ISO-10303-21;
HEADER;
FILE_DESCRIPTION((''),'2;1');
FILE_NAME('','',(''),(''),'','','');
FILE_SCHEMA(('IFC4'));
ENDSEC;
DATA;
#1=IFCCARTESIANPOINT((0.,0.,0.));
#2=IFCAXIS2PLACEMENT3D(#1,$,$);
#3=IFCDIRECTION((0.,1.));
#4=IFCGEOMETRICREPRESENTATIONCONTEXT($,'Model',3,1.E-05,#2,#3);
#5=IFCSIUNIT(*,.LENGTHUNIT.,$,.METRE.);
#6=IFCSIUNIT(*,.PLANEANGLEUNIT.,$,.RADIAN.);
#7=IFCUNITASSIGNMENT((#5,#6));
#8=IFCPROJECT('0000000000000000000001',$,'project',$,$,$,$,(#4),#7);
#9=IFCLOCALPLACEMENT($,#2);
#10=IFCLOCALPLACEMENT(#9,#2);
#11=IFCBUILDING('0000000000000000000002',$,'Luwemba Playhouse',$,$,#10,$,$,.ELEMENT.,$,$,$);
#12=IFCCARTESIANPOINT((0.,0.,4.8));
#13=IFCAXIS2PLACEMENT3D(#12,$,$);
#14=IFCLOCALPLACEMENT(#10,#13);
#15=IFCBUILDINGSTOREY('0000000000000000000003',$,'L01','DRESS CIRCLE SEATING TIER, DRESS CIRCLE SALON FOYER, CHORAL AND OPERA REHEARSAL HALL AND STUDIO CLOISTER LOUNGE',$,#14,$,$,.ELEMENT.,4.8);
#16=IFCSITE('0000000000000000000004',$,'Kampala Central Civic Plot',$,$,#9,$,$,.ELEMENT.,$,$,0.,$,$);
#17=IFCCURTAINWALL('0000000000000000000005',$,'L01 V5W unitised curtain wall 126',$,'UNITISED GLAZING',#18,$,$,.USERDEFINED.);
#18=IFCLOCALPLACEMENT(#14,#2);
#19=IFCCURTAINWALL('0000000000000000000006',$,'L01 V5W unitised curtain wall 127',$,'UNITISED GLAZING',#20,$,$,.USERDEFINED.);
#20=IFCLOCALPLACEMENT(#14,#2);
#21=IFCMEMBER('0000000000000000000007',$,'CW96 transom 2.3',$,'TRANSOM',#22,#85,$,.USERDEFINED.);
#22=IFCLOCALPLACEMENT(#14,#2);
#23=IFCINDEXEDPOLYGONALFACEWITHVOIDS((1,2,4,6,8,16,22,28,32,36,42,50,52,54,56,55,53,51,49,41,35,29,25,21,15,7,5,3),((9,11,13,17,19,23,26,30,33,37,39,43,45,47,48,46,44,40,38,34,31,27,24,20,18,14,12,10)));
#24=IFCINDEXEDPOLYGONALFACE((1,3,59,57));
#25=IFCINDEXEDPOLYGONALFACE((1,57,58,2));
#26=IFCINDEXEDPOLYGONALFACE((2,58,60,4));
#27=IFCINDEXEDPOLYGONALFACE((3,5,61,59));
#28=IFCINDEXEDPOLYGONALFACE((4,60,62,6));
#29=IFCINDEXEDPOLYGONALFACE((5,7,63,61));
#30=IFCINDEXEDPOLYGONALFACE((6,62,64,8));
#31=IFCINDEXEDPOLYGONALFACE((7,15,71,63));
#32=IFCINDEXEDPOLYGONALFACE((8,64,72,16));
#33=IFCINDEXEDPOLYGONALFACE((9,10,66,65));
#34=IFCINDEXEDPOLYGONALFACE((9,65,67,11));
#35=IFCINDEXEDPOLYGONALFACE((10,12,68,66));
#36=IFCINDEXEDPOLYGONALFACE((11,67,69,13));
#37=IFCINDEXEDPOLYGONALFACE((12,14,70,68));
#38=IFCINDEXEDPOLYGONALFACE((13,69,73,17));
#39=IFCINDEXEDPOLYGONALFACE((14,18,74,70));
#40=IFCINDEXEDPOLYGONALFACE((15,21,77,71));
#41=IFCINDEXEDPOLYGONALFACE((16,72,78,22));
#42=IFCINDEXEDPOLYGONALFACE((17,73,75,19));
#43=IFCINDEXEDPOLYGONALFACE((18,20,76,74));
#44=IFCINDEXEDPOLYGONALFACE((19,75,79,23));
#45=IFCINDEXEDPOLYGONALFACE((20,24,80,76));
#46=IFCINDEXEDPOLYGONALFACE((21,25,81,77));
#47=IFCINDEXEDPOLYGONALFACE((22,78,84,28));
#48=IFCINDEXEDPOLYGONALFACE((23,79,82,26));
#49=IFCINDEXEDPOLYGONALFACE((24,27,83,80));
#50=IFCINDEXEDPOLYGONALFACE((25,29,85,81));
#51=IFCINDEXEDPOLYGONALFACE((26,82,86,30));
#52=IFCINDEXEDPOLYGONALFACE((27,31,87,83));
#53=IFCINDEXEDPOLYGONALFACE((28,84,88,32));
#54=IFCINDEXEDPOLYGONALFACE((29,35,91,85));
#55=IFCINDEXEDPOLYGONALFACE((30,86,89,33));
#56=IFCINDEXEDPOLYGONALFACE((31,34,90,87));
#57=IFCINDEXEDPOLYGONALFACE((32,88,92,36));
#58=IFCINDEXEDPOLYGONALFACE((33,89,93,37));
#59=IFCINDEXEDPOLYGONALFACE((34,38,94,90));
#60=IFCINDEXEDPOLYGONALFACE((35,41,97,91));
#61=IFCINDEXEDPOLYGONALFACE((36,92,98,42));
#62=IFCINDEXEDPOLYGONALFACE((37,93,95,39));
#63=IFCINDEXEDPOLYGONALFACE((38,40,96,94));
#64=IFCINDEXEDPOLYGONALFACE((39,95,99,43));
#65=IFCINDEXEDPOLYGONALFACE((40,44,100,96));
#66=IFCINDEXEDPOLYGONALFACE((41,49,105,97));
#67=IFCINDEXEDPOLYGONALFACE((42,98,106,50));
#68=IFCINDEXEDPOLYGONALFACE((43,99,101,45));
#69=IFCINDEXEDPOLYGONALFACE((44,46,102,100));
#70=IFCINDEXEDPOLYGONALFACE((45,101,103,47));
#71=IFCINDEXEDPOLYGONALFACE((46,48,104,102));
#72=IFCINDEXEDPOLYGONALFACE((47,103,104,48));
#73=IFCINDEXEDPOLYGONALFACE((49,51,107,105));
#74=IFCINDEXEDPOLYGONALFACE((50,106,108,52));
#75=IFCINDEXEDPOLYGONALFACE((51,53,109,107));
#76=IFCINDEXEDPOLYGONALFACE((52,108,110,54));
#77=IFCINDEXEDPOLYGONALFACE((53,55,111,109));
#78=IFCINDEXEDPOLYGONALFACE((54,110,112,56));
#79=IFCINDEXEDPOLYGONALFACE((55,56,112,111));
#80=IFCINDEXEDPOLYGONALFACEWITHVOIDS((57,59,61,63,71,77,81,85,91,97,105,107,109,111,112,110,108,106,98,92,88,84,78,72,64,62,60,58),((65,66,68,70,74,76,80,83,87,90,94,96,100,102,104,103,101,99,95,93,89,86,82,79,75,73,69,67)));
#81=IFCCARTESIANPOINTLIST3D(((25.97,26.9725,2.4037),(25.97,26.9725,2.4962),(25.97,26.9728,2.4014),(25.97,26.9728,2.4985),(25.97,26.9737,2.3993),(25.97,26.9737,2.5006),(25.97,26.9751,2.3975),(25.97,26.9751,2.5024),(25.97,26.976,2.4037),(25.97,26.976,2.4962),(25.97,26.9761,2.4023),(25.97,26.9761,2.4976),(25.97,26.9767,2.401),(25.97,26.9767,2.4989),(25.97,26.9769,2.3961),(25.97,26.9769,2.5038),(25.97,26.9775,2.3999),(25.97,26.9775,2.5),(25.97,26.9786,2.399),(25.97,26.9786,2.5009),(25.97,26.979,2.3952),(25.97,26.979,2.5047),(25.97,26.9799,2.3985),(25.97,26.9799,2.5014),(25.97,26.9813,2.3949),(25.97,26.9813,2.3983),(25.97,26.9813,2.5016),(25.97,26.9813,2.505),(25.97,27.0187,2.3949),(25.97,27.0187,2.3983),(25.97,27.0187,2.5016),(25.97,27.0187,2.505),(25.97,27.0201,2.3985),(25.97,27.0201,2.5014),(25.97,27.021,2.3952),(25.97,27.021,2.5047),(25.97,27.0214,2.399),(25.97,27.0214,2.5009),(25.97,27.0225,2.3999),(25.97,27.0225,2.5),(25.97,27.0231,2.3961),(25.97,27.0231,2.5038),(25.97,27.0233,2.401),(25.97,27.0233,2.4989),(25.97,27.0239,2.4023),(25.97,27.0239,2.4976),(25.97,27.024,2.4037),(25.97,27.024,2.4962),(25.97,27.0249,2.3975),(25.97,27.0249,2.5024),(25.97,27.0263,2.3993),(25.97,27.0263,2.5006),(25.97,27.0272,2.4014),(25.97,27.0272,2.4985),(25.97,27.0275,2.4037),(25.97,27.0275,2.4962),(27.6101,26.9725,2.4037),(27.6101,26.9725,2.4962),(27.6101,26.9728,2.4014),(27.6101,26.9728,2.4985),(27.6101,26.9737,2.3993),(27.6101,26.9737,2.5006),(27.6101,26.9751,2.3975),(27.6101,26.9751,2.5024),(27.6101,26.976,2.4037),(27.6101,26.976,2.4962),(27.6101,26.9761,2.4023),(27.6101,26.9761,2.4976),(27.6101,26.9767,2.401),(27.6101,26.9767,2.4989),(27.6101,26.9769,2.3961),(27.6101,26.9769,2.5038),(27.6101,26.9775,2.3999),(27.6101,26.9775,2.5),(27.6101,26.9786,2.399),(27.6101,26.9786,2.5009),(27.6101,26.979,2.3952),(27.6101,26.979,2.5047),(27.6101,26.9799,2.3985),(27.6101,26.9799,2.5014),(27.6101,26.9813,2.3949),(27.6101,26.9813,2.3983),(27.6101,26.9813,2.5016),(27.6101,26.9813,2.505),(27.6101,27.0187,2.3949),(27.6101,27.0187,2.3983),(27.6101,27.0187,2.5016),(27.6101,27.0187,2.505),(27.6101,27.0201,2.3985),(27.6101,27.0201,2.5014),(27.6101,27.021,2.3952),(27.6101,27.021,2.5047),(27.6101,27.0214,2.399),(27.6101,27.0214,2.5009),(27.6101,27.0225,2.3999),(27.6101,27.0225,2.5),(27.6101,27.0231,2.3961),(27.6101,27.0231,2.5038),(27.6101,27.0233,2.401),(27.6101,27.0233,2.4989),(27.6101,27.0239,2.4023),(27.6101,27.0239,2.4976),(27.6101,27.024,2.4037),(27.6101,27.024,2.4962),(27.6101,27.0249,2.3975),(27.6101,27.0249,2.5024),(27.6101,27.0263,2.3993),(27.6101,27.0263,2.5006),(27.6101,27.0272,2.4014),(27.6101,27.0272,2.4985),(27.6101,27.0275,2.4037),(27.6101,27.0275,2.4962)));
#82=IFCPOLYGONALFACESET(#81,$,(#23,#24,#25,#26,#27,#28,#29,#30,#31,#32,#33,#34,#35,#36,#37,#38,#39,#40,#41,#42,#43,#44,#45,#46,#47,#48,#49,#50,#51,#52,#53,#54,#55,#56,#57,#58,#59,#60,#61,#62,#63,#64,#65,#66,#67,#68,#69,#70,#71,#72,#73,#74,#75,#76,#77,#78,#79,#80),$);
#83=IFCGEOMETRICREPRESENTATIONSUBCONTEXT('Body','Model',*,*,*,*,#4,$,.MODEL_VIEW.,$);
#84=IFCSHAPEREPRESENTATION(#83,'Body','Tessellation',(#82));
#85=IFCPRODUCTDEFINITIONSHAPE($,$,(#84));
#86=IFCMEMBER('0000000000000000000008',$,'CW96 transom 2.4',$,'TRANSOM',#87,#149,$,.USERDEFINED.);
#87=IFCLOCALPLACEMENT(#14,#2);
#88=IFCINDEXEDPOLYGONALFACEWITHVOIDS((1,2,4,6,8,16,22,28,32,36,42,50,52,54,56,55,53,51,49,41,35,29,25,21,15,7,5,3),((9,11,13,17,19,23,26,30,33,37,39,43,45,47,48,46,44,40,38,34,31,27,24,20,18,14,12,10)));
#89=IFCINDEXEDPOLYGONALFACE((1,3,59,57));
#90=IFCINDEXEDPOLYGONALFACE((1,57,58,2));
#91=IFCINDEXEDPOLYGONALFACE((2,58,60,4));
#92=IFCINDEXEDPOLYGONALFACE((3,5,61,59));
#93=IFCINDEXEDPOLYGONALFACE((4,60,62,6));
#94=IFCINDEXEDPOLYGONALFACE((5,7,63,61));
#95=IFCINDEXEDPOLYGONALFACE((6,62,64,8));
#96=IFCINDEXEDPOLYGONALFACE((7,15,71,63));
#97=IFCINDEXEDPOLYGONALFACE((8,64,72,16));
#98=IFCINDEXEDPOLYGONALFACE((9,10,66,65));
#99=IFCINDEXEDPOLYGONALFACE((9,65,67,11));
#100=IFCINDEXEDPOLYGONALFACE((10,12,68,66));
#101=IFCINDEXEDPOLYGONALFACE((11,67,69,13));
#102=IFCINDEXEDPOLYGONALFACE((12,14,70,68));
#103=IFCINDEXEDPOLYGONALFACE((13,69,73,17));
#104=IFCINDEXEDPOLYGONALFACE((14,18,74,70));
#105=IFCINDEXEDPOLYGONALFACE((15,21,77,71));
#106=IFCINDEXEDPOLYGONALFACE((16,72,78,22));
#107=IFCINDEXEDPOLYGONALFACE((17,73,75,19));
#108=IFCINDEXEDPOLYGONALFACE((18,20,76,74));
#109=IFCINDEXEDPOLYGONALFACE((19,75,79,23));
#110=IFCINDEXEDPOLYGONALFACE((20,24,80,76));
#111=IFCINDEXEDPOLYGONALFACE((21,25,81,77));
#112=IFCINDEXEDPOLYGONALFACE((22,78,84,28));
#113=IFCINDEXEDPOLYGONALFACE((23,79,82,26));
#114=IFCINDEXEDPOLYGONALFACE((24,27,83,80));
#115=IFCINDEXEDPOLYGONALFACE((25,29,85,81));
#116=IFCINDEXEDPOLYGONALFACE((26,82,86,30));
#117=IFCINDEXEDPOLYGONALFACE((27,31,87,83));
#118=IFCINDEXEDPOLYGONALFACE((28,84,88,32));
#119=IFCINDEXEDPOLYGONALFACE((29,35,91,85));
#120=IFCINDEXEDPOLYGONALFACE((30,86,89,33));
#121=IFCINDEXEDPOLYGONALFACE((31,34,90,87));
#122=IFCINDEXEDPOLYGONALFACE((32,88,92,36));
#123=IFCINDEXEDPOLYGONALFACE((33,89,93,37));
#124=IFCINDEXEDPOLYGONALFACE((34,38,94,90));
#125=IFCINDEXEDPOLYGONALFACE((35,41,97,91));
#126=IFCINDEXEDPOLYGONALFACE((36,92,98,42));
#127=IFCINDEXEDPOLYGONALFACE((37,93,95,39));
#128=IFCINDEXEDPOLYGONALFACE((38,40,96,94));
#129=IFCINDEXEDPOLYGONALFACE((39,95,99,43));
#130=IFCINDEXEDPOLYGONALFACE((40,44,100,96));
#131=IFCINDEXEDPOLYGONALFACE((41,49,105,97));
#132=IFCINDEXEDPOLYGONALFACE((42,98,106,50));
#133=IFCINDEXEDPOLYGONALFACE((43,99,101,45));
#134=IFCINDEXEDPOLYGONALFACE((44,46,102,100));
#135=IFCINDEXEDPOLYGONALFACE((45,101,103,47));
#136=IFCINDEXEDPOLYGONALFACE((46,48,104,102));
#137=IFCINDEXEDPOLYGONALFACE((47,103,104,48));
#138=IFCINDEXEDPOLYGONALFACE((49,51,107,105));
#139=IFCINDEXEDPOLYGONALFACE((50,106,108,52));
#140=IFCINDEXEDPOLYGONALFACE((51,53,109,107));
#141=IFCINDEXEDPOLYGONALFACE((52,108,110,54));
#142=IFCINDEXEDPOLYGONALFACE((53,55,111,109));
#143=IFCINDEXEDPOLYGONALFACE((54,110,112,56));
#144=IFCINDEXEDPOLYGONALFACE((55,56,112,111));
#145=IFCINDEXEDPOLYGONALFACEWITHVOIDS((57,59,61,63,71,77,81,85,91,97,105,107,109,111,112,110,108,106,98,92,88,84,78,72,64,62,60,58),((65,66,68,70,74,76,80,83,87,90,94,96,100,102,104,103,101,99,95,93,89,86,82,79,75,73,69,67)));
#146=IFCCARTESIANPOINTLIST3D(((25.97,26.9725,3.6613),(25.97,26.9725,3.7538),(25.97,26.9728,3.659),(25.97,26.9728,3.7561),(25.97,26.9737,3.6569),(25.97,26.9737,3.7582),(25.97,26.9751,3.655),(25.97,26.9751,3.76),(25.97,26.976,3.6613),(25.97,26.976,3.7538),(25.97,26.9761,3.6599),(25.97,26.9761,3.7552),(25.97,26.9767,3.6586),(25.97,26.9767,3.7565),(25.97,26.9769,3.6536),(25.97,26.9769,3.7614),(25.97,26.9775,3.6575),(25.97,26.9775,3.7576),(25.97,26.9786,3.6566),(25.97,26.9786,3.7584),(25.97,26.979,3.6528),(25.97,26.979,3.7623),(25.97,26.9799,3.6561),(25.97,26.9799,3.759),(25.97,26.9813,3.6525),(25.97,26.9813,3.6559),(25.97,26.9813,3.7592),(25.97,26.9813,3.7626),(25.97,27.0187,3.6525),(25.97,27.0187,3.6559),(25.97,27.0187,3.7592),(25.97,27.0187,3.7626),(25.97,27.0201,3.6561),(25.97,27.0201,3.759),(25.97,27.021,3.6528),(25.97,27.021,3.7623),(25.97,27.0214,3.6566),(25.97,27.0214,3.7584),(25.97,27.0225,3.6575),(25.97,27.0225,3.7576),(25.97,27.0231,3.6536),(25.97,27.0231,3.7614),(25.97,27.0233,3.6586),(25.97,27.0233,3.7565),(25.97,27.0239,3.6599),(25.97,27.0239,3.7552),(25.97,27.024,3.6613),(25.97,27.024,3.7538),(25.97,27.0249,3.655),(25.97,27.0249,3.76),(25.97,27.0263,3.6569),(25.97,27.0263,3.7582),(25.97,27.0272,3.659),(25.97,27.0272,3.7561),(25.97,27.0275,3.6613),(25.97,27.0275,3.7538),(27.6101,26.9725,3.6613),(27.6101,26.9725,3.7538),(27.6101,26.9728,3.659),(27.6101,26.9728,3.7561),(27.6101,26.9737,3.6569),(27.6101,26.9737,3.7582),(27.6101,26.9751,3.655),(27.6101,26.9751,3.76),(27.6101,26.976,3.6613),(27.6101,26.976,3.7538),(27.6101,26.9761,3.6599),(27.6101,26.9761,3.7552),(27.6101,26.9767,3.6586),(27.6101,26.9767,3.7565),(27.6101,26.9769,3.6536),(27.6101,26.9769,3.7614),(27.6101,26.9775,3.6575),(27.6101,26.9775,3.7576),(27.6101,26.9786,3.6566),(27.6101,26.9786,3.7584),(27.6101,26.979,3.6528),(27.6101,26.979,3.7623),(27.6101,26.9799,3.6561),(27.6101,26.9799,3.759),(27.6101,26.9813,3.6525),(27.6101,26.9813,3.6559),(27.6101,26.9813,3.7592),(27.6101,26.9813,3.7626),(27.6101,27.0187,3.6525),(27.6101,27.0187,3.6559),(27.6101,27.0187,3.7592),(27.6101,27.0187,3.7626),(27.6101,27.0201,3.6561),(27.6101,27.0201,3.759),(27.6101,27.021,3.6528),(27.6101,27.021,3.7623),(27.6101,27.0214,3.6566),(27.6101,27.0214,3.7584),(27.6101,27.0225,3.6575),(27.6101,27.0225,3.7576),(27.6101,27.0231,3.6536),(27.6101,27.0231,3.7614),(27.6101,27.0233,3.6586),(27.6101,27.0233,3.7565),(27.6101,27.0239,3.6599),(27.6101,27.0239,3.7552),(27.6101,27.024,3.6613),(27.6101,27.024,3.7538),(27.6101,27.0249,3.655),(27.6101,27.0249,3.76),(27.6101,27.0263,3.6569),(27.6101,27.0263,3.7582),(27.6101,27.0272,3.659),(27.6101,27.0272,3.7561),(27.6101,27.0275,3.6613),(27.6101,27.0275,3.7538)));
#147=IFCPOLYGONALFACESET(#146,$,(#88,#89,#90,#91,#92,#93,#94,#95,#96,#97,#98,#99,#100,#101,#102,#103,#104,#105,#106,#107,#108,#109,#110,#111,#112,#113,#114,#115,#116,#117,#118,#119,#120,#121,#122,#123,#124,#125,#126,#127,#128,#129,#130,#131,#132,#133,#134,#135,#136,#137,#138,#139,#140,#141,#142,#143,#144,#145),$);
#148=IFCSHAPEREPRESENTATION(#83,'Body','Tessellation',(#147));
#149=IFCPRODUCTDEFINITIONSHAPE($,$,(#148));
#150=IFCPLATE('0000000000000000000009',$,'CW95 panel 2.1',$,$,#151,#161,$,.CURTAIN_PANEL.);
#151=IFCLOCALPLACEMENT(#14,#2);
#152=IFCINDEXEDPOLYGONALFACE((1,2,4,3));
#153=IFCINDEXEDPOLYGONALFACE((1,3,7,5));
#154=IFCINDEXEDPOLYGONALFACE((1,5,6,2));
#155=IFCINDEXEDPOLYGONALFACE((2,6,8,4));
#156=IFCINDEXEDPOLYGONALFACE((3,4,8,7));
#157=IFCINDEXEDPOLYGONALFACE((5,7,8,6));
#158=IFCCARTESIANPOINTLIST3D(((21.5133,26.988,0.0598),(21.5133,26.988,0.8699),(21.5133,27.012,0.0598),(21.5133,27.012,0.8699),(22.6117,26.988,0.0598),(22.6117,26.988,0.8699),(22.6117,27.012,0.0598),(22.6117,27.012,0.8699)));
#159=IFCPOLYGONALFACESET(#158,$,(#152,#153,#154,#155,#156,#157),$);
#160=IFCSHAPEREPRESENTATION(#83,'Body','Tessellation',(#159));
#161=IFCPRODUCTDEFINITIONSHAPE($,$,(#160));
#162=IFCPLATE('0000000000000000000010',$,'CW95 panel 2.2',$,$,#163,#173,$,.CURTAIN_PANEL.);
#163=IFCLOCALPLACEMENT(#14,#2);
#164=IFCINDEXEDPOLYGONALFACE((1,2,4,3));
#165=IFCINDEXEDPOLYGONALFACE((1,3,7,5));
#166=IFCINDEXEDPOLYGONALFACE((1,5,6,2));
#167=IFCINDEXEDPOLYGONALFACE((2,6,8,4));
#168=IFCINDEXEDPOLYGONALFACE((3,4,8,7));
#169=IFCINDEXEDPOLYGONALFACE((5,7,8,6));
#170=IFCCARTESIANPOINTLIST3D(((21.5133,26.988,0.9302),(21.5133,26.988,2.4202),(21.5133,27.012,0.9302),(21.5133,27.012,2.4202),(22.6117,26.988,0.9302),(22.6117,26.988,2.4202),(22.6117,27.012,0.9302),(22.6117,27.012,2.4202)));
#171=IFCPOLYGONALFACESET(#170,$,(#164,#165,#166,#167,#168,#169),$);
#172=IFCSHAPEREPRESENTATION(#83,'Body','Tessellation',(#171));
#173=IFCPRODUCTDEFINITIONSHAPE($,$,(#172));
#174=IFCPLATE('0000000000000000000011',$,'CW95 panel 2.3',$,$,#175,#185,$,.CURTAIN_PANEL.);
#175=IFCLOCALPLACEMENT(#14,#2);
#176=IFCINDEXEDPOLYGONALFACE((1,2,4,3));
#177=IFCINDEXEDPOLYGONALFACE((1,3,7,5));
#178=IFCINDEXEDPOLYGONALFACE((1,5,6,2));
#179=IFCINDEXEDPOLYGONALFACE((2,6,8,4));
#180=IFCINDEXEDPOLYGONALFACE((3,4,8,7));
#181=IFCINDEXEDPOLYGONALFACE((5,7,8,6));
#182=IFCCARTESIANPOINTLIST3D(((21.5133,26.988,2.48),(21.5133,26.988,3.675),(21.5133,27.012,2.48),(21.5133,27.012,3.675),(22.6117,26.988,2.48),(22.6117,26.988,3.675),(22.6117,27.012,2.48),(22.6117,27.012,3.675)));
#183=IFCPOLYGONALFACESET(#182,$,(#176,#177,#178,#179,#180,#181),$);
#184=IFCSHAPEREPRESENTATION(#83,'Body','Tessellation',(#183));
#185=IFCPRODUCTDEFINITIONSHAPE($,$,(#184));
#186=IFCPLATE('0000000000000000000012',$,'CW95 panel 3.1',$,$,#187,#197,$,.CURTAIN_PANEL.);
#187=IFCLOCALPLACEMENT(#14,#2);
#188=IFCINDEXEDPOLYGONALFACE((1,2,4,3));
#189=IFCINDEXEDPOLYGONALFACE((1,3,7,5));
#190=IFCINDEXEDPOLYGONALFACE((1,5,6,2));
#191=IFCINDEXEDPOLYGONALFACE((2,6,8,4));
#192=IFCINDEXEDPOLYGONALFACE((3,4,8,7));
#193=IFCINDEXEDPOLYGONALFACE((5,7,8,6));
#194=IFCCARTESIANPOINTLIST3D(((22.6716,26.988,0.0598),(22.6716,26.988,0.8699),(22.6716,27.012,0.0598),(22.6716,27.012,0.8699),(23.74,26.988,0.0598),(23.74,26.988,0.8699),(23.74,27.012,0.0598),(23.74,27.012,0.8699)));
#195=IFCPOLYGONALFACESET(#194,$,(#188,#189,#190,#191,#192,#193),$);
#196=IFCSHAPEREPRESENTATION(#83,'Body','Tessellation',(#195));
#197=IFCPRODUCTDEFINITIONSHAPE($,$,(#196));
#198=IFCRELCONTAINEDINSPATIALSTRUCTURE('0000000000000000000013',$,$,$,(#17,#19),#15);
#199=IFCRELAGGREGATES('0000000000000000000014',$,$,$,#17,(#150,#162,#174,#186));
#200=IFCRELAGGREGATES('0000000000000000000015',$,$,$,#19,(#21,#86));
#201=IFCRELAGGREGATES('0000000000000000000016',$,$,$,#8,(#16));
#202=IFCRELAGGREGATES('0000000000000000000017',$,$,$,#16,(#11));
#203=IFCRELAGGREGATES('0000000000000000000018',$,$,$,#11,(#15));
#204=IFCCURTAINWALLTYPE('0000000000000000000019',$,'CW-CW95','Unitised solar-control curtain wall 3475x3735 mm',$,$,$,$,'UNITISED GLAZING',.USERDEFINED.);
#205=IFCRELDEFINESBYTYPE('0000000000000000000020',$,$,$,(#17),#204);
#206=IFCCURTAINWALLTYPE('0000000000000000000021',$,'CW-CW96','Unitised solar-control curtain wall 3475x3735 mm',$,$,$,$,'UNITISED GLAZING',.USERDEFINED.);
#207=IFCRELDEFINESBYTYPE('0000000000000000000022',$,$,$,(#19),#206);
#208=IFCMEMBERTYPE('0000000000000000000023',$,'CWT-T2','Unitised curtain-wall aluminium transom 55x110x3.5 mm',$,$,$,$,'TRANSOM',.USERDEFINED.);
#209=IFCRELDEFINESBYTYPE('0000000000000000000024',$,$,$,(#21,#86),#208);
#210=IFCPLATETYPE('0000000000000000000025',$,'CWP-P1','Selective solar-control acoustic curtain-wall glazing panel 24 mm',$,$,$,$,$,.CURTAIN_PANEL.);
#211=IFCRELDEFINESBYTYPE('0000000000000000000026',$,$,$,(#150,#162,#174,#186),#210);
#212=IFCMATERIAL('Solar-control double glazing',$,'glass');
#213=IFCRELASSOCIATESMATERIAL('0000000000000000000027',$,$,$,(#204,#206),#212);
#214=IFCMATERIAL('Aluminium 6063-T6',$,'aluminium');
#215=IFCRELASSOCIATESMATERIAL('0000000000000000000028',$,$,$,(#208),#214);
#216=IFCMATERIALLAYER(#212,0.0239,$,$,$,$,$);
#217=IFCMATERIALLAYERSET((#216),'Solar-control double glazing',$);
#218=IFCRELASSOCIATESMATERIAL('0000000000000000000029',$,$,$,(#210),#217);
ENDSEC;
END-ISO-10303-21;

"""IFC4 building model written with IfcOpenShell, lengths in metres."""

from ifc_helpers import new_model, si_unit, direction, frame, origin, origin_2d, place, context, subcontext, project, spatial, rectangle, hollow_rectangle, extrude, material, layer, layer_set, material_profile, profile_set, type_object, element, aggregate, save


model = new_model("IFC4")

# Units and contexts
model_context = context("Model", 3, precision=1e-05, world=origin(), true_north=direction((0.0, 1.0)))
body_context = subcontext(model_context, "Body", "Model", "MODEL_VIEW")
ifc_project = project(units=[si_unit("LENGTHUNIT", "METRE"), si_unit("PLANEANGLEUNIT", "RADIAN")], contexts=[model_context])

# Site, building, storey
site_placement = place(None, origin())
site = spatial("IfcSite", under=ifc_project, at=site_placement, Name="Kampala Central Civic Plot", CompositionType="ELEMENT", RefElevation=0.0)
building_placement = place(site_placement, origin())
building = spatial("IfcBuilding", under=site, at=building_placement, Name="Luwemba Playhouse", CompositionType="ELEMENT")
storey_placement = place(building_placement, frame((0.0, 0.0, 4.8)))
storey = spatial("IfcBuildingStorey", under=building, at=storey_placement, Name="L01", Description="DRESS CIRCLE SEATING TIER, DRESS CIRCLE SALON FOYER, CHORAL AND OPERA REHEARSAL HALL AND STUDIO CLOISTER LOUNGE", CompositionType="ELEMENT", Elevation=4.8)

# Curtain walls
ifc_material_1 = material(Name="Solar-control double glazing", Category="glass")
curtain_wall_type_1 = type_object("IfcCurtainWallType", Name="CW-CW95", Description="Unitised solar-control curtain wall 3475x3735 mm", ElementType="UNITISED GLAZING", PredefinedType="USERDEFINED", material=ifc_material_1)
curtain_wall_1_placement = place(storey_placement, origin())
curtain_wall_1 = element("IfcCurtainWall", 1, at=curtain_wall_1_placement, inside=storey, type_object=curtain_wall_type_1, Name="L01 V5W unitised curtain wall 126", ObjectType="UNITISED GLAZING", PredefinedType="USERDEFINED")
ifc_material_2 = material(Name="Aluminium 6063-T6", Category="aluminium")
curtain_wall_type_2 = type_object("IfcCurtainWallType", Name="CW-CW96", Description="Unitised solar-control curtain wall 3475x3735 mm", ElementType="UNITISED GLAZING", PredefinedType="USERDEFINED", material=ifc_material_1)
curtain_wall_2_placement = place(storey_placement, origin())
curtain_wall_2 = element("IfcCurtainWall", 2, at=curtain_wall_2_placement, inside=storey, type_object=curtain_wall_type_2, Name="L01 V5W unitised curtain wall 127", ObjectType="UNITISED GLAZING", PredefinedType="USERDEFINED")

# Members
ifc_material_profile_1 = material_profile(ifc_material_2, hollow_rectangle(XDim=0.0549, YDim=0.1101, WallThickness=0.0034, InnerFilletRadius=0.0054, OuterFilletRadius=0.0088, at=origin_2d()))
ifc_profile_set_1 = profile_set([ifc_material_profile_1], Name="Aluminium 6063-T6")
member_type_1 = type_object("IfcMemberType", Name="CWT-T2", Description="Unitised curtain-wall aluminium transom 55x110x3.5 mm", ElementType="TRANSOM", PredefinedType="USERDEFINED", material=ifc_profile_set_1)
member_1_placement = place(storey_placement, frame((25.97, 27.0, 2.45), z_axis=(1.0, 0.0, 0.0), x_axis=(0.0, 1.0, 0.0)))
member_1 = element("IfcMember", 3, at=member_1_placement, type_object=member_type_1, Name="CW96 transom 2.3", ObjectType="TRANSOM", PredefinedType="USERDEFINED", context=body_context, shape_type="SweptSolid", body=[
    extrude(hollow_rectangle(XDim=0.0549, YDim=0.1101, WallThickness=0.0034, InnerFilletRadius=0.0054, OuterFilletRadius=0.0088, at=origin_2d()), origin(), (0.0, 0.0, 1.0), 1.6401),
])
member_2_placement = place(storey_placement, frame((25.97, 27.0, 3.7075), z_axis=(1.0, 0.0, 0.0), x_axis=(0.0, 1.0, 0.0)))
member_2 = element("IfcMember", 4, at=member_2_placement, type_object=member_type_1, Name="CW96 transom 2.4", ObjectType="TRANSOM", PredefinedType="USERDEFINED", context=body_context, shape_type="SweptSolid", body=[
    extrude(hollow_rectangle(XDim=0.0549, YDim=0.1101, WallThickness=0.0034, InnerFilletRadius=0.0054, OuterFilletRadius=0.0088, at=origin_2d()), origin(), (0.0, 0.0, 1.0), 1.6401),
])

# Plates
ifc_layer_1 = layer(ifc_material_1, 0.0239)
ifc_layer_set_1 = layer_set([ifc_layer_1], Name="Solar-control double glazing")
plate_type_1 = type_object("IfcPlateType", Name="CWP-P1", Description="Selective solar-control acoustic curtain-wall glazing panel 24 mm", PredefinedType="CURTAIN_PANEL", material=ifc_layer_set_1)
plate_1_placement = place(storey_placement, frame((22.0625, 27.0, 0.0598), z_axis=(0.0, 0.0, 1.0), x_axis=(1.0, 0.0, 0.0)))
plate_1 = element("IfcPlate", 5, at=plate_1_placement, type_object=plate_type_1, Name="CW95 panel 2.1", PredefinedType="CURTAIN_PANEL", context=body_context, shape_type="SweptSolid", body=[
    extrude(rectangle(XDim=1.0984, YDim=0.0239, at=origin_2d()), origin(), (0.0, 0.0, 1.0), 0.8101),
])
plate_2_placement = place(storey_placement, frame((22.0625, 27.0, 0.9302), z_axis=(0.0, 0.0, 1.0), x_axis=(1.0, 0.0, 0.0)))
plate_2 = element("IfcPlate", 6, at=plate_2_placement, type_object=plate_type_1, Name="CW95 panel 2.2", PredefinedType="CURTAIN_PANEL", context=body_context, shape_type="SweptSolid", body=[
    extrude(rectangle(XDim=1.0984, YDim=0.0239, at=origin_2d()), origin(), (0.0, 0.0, 1.0), 1.49),
])
plate_3_placement = place(storey_placement, frame((22.0625, 27.0, 2.48), z_axis=(0.0, 0.0, 1.0), x_axis=(1.0, 0.0, 0.0)))
plate_3 = element("IfcPlate", 7, at=plate_3_placement, type_object=plate_type_1, Name="CW95 panel 2.3", PredefinedType="CURTAIN_PANEL", context=body_context, shape_type="SweptSolid", body=[
    extrude(rectangle(XDim=1.0984, YDim=0.0239, at=origin_2d()), origin(), (0.0, 0.0, 1.0), 1.1951),
])
plate_4_placement = place(storey_placement, frame((23.2058, 27.0, 0.0598), z_axis=(0.0, 0.0, 1.0), x_axis=(1.0, 0.0, 0.0)))
plate_4 = element("IfcPlate", 8, at=plate_4_placement, type_object=plate_type_1, Name="CW95 panel 3.1", PredefinedType="CURTAIN_PANEL", context=body_context, shape_type="SweptSolid", body=[
    extrude(rectangle(XDim=1.0684, YDim=0.0239, at=origin_2d()), origin(), (0.0, 0.0, 1.0), 0.8101),
])
aggregate(curtain_wall_1, [plate_1, plate_2, plate_3, plate_4])
aggregate(curtain_wall_2, [member_1, member_2])

save(model, "model.ifc")
